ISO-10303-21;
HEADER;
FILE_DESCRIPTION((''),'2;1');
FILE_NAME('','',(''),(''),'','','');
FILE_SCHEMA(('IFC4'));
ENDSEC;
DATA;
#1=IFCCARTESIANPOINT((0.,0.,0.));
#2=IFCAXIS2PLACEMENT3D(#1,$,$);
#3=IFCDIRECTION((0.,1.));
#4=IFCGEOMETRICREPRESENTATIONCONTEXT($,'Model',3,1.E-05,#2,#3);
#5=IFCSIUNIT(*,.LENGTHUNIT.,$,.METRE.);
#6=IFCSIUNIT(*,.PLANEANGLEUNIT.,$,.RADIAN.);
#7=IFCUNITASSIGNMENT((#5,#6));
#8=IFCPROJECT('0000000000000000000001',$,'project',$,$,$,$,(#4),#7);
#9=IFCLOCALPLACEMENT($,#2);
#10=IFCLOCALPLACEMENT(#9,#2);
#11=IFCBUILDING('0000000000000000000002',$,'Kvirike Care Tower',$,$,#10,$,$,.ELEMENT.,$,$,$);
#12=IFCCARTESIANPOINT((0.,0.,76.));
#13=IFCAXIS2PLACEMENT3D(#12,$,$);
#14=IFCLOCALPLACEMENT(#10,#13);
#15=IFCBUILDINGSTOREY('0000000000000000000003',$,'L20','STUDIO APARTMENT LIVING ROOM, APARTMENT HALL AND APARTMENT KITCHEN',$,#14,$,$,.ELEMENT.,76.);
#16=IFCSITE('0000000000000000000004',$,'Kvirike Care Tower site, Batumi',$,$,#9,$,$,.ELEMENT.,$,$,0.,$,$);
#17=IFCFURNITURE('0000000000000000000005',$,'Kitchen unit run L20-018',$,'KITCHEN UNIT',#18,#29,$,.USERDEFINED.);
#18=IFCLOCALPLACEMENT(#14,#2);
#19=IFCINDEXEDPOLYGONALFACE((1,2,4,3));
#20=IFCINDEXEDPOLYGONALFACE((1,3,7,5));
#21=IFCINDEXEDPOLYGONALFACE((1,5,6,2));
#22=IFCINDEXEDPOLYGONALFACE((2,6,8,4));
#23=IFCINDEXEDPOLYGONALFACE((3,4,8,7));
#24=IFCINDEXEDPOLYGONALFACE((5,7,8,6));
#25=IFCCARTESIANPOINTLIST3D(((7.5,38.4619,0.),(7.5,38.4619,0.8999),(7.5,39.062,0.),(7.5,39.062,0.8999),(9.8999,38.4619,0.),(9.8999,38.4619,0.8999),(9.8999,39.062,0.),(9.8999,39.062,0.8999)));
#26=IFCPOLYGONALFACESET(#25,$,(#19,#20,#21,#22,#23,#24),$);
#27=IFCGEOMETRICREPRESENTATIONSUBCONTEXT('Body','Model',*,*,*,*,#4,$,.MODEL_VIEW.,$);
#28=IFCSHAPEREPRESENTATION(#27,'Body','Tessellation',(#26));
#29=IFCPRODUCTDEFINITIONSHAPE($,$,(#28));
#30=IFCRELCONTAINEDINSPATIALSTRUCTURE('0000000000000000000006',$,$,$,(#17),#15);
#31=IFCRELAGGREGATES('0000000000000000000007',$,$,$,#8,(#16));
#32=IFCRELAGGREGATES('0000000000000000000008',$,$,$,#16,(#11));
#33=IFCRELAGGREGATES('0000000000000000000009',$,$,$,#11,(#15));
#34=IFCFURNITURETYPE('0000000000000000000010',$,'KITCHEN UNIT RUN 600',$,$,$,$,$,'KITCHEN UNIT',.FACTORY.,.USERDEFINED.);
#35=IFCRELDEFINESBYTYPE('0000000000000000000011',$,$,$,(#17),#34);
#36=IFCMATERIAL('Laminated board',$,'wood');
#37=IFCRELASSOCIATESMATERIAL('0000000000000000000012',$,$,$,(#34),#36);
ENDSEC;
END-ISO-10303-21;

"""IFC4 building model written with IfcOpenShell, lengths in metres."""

from ifc_helpers import new_model, si_unit, direction, frame, origin, origin_2d, place, context, subcontext, project, spatial, rectangle, extrude, material, type_object, element, save


model = new_model("IFC4")

# Units and contexts
model_context = context("Model", 3, precision=1e-05, world=origin(), true_north=direction((0.0, 1.0)))
body_context = subcontext(model_context, "Body", "Model", "MODEL_VIEW")
ifc_project = project(units=[si_unit("LENGTHUNIT", "METRE"), si_unit("PLANEANGLEUNIT", "RADIAN")], contexts=[model_context])

# Site, building, storey
site_placement = place(None, origin())
site = spatial("IfcSite", under=ifc_project, at=site_placement, Name="Kvirike Care Tower site, Batumi", CompositionType="ELEMENT", RefElevation=0.0)
building_placement = place(site_placement, origin())
building = spatial("IfcBuilding", under=site, at=building_placement, Name="Kvirike Care Tower", CompositionType="ELEMENT")
storey_placement = place(building_placement, frame((0.0, 0.0, 76.0)))
storey = spatial("IfcBuildingStorey", under=building, at=storey_placement, Name="L20", Description="STUDIO APARTMENT LIVING ROOM, APARTMENT HALL AND APARTMENT KITCHEN", CompositionType="ELEMENT", Elevation=76.0)

# Furniture
ifc_material_1 = material(Name="Laminated board", Category="wood")
furniture_type = type_object("IfcFurnitureType", Name="KITCHEN UNIT RUN 600", ElementType="KITCHEN UNIT", AssemblyPlace="FACTORY", PredefinedType="USERDEFINED", material=ifc_material_1)
furniture_placement = place(storey_placement, frame((8.7, 38.762, 0.0), z_axis=(0.0, 0.0, 1.0), x_axis=(-1.0, 0.0, 0.0)))
element("IfcFurniture", 1, at=furniture_placement, inside=storey, type_object=furniture_type, Name="Kitchen unit run L20-018", ObjectType="KITCHEN UNIT", PredefinedType="USERDEFINED", context=body_context, shape_type="SweptSolid", body=[
    extrude(rectangle(XDim=2.3999, YDim=0.6001, at=origin_2d()), origin(), (0.0, 0.0, 1.0), 0.8999),
])

save(model, "model.ifc")
